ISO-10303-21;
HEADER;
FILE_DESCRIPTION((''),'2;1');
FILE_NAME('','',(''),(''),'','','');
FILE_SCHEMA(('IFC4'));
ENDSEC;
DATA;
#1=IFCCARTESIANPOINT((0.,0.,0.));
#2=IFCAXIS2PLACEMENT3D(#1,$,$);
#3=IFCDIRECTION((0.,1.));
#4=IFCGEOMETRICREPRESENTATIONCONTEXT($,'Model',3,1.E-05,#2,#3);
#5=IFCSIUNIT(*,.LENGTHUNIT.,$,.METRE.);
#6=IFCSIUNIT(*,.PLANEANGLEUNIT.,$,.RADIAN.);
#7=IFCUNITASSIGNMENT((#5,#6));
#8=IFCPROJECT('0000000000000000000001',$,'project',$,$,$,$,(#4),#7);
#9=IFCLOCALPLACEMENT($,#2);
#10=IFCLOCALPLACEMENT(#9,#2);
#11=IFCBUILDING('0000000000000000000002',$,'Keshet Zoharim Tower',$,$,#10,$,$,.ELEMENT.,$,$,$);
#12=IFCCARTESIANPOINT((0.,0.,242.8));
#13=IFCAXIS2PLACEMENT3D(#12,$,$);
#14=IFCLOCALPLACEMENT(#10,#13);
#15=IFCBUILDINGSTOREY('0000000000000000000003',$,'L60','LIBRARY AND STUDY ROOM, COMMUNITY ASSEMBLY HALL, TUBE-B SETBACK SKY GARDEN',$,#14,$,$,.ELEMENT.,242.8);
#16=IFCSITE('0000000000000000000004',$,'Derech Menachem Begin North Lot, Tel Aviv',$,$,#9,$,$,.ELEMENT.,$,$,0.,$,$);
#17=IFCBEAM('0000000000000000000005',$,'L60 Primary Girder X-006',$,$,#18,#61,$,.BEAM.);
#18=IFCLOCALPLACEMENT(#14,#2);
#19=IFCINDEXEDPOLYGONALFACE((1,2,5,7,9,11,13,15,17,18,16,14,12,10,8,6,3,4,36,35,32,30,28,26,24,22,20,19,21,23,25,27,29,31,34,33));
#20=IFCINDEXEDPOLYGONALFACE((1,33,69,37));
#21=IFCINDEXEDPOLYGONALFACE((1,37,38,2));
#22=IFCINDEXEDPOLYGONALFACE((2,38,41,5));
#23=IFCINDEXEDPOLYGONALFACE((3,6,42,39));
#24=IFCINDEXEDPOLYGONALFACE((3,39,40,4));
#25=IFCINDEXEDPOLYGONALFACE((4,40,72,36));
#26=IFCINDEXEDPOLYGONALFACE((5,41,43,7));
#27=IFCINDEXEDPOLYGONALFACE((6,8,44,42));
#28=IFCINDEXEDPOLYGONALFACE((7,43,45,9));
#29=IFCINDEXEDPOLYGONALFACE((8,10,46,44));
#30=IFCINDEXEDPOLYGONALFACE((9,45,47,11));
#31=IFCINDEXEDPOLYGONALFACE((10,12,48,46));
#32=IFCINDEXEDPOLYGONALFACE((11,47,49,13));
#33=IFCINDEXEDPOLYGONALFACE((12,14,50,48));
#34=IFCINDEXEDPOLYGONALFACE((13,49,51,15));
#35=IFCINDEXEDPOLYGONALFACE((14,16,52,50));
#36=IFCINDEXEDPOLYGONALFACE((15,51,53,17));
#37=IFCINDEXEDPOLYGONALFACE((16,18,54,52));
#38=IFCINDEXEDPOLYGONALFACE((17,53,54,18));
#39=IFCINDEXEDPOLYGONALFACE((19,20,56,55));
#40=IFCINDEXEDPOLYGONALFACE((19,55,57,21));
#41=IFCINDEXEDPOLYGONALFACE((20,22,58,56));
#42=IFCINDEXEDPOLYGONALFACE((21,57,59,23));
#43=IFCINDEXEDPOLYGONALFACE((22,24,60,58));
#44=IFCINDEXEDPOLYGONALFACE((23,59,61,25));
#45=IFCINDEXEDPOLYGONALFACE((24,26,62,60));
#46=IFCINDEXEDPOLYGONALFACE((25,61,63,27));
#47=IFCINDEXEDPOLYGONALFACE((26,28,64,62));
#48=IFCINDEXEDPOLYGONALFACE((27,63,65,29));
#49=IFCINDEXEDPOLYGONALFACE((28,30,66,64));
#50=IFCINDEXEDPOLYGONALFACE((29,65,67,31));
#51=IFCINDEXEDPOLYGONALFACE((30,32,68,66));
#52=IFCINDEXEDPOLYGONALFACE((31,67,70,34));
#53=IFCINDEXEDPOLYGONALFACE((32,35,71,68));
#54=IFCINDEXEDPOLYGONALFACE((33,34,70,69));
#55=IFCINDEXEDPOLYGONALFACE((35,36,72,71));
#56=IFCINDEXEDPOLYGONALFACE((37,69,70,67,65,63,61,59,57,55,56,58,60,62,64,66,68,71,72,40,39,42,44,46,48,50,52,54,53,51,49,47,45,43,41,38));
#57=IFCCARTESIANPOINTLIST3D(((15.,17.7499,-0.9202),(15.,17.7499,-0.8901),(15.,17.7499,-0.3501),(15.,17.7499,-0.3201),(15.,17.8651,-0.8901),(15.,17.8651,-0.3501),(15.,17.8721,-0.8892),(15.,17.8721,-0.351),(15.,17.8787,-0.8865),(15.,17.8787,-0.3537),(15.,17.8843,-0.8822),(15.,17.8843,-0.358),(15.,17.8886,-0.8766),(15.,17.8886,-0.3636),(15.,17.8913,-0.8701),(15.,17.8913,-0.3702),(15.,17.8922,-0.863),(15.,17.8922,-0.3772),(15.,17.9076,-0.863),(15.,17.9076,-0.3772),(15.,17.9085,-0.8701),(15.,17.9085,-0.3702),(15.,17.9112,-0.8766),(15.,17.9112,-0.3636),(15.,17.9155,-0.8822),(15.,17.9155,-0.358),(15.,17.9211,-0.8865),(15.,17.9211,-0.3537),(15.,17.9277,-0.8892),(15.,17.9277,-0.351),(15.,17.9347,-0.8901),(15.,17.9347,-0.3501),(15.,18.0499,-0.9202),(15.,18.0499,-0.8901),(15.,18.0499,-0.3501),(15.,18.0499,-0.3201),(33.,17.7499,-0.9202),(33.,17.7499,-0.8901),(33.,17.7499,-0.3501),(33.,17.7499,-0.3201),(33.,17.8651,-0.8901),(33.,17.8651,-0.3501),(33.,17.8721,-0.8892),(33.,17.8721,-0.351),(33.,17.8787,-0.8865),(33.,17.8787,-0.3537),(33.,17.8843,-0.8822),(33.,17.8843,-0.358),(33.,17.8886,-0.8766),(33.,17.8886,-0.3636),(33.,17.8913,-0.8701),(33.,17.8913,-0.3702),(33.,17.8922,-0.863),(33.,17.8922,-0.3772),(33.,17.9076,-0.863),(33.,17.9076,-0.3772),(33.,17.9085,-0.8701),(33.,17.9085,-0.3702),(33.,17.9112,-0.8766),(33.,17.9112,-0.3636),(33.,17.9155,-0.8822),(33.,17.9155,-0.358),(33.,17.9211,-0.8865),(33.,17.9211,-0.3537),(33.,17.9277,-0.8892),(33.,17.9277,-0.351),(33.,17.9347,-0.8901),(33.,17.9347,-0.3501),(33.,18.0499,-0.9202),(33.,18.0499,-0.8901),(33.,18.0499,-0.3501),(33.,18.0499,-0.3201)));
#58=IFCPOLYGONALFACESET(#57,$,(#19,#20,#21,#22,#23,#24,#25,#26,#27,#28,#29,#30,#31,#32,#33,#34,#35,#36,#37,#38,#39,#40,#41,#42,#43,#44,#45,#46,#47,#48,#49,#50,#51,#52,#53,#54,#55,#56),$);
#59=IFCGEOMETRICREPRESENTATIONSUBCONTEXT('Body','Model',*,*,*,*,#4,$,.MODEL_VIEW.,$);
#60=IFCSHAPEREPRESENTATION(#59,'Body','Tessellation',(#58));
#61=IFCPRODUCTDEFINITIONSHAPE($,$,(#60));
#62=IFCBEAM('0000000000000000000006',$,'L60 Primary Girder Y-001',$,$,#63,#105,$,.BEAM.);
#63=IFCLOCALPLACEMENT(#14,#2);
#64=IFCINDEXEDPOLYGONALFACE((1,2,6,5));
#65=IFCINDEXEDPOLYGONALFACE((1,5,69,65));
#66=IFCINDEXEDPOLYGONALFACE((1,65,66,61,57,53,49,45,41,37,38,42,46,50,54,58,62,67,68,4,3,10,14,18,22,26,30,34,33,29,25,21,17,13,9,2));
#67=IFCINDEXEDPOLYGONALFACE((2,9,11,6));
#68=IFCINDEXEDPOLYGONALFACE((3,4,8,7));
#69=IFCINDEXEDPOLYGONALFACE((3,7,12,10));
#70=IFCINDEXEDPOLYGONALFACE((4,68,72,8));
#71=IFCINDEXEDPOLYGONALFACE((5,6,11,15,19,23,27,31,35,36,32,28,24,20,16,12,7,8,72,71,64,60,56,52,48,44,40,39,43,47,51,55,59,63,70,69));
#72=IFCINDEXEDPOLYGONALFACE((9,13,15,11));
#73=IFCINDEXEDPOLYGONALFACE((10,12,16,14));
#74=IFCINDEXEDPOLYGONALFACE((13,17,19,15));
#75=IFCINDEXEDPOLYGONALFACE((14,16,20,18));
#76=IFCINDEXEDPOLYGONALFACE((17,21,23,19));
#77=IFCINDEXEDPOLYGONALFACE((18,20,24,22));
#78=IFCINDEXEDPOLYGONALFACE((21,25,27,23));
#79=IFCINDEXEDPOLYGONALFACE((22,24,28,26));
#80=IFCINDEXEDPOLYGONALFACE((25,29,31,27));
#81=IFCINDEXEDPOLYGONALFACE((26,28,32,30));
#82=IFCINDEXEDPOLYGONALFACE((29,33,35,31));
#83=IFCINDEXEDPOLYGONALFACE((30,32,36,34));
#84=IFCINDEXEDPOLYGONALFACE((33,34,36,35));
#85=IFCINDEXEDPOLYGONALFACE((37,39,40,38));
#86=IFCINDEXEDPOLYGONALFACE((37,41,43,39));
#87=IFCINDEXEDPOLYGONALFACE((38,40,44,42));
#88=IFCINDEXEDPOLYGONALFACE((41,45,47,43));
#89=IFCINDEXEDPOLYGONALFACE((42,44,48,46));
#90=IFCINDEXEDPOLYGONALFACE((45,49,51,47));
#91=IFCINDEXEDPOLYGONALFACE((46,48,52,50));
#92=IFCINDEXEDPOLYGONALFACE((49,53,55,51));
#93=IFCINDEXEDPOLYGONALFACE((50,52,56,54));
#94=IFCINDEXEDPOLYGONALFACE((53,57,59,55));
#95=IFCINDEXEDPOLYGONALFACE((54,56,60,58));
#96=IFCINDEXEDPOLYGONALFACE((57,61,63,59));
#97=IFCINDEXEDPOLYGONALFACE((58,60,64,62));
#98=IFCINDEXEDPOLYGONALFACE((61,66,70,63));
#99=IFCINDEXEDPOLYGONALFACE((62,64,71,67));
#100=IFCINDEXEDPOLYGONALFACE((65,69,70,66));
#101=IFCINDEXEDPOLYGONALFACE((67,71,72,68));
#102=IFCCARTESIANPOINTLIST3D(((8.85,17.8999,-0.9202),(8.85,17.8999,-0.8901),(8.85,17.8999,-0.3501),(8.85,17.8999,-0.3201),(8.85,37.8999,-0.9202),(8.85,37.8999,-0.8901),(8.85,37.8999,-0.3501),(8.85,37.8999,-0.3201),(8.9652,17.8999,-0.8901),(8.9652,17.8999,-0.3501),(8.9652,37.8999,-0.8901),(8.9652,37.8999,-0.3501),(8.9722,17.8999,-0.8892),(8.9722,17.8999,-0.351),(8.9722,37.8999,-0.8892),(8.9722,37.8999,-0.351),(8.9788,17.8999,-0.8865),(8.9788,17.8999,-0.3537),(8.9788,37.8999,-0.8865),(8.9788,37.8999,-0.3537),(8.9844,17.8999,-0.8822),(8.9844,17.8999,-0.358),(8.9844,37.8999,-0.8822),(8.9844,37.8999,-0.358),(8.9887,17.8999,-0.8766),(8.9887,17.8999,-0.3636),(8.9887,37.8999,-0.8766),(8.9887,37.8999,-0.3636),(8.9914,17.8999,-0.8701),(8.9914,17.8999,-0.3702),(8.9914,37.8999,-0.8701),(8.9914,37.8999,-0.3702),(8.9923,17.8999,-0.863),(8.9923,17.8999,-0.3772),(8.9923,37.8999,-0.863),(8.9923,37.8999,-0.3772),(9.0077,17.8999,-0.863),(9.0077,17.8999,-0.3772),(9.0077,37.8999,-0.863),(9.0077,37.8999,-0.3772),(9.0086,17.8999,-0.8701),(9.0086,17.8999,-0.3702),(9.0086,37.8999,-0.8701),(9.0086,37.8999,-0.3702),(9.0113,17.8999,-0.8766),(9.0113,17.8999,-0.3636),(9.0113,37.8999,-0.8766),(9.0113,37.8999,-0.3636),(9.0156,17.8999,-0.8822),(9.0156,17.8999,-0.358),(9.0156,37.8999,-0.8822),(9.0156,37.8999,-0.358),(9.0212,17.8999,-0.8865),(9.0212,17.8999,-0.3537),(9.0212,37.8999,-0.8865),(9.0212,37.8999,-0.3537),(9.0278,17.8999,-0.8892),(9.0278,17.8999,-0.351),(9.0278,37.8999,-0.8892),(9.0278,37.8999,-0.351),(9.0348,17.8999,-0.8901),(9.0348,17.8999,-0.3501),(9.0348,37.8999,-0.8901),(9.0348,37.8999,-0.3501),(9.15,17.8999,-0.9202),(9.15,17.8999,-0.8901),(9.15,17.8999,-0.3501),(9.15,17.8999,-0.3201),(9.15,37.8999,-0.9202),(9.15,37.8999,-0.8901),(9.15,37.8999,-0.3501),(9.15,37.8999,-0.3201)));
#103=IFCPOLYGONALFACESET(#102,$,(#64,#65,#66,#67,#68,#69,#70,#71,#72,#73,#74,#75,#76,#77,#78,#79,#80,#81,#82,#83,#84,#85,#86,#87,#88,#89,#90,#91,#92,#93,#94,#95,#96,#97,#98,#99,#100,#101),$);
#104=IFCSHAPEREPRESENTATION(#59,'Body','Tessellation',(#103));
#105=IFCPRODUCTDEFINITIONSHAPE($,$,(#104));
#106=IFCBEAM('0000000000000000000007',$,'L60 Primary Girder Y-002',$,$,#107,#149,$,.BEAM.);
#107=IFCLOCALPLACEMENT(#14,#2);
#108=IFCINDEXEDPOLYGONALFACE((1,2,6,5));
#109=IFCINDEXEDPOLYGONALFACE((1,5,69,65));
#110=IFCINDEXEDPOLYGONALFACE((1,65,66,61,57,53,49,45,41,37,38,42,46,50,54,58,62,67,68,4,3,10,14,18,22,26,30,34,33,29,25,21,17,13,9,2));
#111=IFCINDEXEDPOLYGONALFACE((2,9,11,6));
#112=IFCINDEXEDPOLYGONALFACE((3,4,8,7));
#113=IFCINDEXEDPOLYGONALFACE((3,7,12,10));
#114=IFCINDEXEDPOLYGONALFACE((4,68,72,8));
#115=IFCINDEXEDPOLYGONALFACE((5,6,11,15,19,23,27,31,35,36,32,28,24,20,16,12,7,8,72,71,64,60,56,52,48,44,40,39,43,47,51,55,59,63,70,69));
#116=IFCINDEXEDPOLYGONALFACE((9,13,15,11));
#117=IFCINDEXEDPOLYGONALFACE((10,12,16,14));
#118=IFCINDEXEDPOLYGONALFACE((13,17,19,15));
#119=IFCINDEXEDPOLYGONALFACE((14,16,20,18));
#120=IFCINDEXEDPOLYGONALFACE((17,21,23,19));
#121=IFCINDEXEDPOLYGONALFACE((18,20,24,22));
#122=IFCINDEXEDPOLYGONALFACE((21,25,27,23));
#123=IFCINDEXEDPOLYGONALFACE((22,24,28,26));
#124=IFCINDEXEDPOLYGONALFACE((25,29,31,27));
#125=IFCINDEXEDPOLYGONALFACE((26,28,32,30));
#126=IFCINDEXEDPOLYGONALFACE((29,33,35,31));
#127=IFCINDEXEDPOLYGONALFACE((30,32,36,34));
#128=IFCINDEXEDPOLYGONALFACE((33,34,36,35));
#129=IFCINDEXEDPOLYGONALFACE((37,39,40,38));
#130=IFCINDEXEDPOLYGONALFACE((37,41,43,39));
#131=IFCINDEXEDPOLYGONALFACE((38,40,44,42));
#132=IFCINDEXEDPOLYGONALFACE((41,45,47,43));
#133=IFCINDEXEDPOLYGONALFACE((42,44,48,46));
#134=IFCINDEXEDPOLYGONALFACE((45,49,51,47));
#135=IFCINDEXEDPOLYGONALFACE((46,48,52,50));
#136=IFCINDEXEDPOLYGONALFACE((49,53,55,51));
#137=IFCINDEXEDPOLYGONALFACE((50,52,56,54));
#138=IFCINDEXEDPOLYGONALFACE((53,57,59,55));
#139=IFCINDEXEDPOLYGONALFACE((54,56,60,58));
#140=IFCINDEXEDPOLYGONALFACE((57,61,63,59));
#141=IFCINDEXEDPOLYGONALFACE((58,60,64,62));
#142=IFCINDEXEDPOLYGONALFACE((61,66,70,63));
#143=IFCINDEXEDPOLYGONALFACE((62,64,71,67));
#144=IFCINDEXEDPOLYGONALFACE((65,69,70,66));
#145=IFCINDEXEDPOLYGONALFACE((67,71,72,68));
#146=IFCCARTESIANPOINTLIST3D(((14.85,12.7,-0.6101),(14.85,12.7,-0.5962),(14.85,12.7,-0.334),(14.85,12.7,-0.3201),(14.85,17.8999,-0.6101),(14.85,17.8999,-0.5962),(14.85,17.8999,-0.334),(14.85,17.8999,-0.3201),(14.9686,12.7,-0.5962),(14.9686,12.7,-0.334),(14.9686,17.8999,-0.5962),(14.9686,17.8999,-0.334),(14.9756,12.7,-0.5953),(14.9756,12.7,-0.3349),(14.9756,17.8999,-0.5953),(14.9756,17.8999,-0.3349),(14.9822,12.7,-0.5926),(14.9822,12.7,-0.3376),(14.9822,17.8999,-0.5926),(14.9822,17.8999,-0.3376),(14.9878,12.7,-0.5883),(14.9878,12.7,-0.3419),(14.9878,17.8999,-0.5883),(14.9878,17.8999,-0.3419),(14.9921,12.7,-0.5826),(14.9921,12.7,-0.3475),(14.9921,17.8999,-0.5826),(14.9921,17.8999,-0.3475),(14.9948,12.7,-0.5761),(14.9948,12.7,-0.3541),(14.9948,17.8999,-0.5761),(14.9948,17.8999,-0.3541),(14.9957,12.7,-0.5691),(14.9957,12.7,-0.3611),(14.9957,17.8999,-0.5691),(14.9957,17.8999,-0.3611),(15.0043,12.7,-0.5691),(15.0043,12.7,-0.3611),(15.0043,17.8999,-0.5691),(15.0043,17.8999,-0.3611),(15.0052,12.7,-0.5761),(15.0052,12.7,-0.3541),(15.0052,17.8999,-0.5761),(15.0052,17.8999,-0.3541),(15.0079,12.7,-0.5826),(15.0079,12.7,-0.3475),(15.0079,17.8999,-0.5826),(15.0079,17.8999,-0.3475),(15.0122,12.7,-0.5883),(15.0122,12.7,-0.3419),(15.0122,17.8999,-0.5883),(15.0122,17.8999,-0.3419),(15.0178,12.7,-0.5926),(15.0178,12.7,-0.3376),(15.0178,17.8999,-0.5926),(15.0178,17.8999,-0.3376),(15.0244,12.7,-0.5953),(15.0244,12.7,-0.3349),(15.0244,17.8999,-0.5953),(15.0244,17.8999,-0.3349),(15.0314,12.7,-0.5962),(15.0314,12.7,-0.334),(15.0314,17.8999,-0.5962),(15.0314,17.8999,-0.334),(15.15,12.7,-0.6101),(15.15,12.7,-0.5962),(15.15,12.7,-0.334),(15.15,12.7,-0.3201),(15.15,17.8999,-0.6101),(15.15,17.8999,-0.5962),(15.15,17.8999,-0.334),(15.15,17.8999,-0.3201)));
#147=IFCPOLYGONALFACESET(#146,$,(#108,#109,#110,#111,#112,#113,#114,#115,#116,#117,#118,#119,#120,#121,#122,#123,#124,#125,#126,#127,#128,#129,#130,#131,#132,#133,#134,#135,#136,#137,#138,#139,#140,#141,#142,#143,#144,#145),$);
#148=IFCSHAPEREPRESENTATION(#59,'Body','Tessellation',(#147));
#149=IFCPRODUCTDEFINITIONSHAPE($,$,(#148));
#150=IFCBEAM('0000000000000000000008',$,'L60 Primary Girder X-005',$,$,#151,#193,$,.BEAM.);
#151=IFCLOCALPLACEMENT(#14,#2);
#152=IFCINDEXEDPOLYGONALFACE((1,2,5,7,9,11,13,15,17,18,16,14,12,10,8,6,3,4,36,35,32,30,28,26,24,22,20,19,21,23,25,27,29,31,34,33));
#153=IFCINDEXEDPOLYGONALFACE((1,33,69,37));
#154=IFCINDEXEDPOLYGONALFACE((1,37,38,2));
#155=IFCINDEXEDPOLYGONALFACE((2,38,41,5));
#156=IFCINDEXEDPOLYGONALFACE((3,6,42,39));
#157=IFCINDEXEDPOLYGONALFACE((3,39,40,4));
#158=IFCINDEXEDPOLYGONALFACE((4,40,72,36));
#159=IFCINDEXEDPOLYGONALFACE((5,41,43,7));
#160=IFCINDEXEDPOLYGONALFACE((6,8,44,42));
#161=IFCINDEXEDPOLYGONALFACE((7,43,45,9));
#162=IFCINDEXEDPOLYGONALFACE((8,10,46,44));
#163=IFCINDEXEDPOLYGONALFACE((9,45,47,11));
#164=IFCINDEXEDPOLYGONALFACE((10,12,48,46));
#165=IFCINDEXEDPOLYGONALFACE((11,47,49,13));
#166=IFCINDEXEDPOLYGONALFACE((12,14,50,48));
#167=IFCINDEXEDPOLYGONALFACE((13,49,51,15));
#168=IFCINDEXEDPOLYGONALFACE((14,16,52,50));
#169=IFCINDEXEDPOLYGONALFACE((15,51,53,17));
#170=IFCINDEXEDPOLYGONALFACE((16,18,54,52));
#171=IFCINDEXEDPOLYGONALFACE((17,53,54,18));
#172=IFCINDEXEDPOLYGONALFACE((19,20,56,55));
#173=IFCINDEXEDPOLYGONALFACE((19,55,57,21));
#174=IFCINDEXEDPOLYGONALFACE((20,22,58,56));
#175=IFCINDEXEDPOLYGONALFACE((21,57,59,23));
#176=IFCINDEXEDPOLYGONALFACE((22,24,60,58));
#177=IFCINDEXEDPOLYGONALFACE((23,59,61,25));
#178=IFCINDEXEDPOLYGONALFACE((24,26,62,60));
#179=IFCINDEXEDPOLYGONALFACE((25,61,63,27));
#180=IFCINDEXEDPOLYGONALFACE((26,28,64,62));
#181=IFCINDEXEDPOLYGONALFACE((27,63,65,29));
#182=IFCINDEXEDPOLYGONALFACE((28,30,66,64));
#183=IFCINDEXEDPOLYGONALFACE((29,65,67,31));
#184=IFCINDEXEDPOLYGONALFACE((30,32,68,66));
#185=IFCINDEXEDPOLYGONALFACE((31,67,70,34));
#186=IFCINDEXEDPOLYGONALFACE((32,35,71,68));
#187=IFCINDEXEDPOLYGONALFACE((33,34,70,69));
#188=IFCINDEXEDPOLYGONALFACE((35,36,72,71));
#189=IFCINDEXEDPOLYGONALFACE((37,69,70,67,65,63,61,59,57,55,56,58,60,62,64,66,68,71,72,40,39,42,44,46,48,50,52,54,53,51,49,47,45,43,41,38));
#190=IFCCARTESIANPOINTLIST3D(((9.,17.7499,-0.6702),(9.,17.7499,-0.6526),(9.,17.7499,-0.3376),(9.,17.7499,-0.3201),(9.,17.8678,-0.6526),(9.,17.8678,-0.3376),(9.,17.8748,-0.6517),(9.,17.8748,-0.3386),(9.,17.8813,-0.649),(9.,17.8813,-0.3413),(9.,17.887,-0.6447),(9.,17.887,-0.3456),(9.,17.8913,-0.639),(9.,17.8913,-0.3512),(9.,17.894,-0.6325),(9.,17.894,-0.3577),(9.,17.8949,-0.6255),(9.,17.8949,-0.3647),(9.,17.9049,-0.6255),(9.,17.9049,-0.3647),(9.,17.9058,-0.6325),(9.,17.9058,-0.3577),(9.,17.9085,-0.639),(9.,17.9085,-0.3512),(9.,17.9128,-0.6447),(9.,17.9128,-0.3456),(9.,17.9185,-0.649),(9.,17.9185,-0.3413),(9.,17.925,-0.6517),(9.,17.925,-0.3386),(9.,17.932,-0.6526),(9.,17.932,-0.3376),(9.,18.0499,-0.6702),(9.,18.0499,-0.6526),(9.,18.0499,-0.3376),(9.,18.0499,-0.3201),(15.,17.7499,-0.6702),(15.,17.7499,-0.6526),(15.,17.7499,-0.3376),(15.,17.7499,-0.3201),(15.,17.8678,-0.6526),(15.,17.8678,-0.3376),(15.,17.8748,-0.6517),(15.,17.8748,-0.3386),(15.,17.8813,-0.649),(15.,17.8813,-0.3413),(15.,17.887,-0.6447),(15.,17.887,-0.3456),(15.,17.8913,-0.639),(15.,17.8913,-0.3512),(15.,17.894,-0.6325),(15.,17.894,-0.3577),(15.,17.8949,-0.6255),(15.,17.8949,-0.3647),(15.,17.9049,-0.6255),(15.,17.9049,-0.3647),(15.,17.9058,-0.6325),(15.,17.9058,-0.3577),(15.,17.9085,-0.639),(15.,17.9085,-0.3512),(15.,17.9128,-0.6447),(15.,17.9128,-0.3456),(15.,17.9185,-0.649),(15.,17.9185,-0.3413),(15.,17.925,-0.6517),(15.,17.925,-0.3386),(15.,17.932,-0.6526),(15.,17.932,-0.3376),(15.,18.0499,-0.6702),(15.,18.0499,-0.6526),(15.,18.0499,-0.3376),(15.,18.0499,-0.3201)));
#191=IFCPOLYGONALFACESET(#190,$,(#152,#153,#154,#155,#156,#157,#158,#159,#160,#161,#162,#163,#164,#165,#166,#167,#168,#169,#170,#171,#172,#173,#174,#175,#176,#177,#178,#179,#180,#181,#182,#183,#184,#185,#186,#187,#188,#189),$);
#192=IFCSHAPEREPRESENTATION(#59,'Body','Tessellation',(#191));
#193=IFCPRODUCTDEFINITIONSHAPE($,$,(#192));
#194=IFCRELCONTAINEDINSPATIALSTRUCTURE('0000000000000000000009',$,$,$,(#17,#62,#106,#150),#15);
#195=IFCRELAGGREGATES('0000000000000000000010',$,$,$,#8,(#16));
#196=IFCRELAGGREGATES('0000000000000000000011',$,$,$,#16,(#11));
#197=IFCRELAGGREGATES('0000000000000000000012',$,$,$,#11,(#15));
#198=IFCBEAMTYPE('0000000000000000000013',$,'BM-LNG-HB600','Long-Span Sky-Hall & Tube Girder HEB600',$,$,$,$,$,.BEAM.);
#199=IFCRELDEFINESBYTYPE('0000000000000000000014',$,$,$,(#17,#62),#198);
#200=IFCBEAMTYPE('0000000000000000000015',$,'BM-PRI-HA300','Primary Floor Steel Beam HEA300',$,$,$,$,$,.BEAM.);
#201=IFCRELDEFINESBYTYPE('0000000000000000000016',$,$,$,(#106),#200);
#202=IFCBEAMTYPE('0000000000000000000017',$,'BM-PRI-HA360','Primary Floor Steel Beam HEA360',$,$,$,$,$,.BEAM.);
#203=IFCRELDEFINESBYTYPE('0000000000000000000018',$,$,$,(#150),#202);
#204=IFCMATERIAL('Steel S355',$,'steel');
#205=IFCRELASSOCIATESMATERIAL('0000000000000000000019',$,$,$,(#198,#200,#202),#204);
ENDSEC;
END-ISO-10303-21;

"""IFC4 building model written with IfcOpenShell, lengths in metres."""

from ifc_helpers import new_model, si_unit, direction, frame, origin, origin_2d, place, context, subcontext, project, spatial, i_section, extrude, material, material_profile, profile_set, type_object, element, save


model = new_model("IFC4")

# Units and contexts
model_context = context("Model", 3, precision=1e-05, world=origin(), true_north=direction((0.0, 1.0)))
body_context = subcontext(model_context, "Body", "Model", "MODEL_VIEW")
ifc_project = project(units=[si_unit("LENGTHUNIT", "METRE"), si_unit("PLANEANGLEUNIT", "RADIAN")], contexts=[model_context])

# Site, building, storey
site_placement = place(None, origin())
site = spatial("IfcSite", under=ifc_project, at=site_placement, Name="Derech Menachem Begin North Lot, Tel Aviv", CompositionType="ELEMENT", RefElevation=0.0)
building_placement = place(site_placement, origin())
building = spatial("IfcBuilding", under=site, at=building_placement, Name="Keshet Zoharim Tower", CompositionType="ELEMENT")
storey_placement = place(building_placement, frame((0.0, 0.0, 242.8)))
storey = spatial("IfcBuildingStorey", under=building, at=storey_placement, Name="L60", Description="LIBRARY AND STUDY ROOM, COMMUNITY ASSEMBLY HALL, TUBE-B SETBACK SKY GARDEN", CompositionType="ELEMENT", Elevation=242.8)

# Shared definitions
ifc_material_1 = material(Name="Steel S355", Category="steel")

# Beams
ifc_material_profile_1 = material_profile(ifc_material_1, i_section(OverallWidth=0.3, OverallDepth=0.6001, WebThickness=0.0154, FlangeThickness=0.03, FilletRadius=0.0271, at=origin_2d()), Name="HEB600")
ifc_profile_set_1 = profile_set([ifc_material_profile_1], Name="Steel S355")
beam_type_1 = type_object("IfcBeamType", Name="BM-LNG-HB600", Description="Long-Span Sky-Hall & Tube Girder HEB600", PredefinedType="BEAM", material=ifc_profile_set_1)
for number, where, z_axis, x_axis, name in (
    (1, (15.0, 17.8999, -0.6201), (1.0, 0.0, 0.0), (0.0, 1.0, 0.0), "L60 Primary Girder X-006"),
):
    element("IfcBeam", number, at=place(storey_placement, frame(where, z_axis=z_axis, x_axis=x_axis)), inside=storey, type_object=beam_type_1, Name=name, PredefinedType="BEAM", context=body_context, shape_type="SweptSolid", body=[
        extrude(i_section(OverallWidth=0.3, OverallDepth=0.6001, WebThickness=0.0154, FlangeThickness=0.03, FilletRadius=0.0271, at=origin_2d()), origin(), (0.0, 0.0, 1.0), 18.0),
    ])
beam_1_placement = place(storey_placement, frame((9.0, 17.8999, -0.6201), z_axis=(0.0, 1.0, 0.0), x_axis=(-1.0, 0.0, 0.0)))
element("IfcBeam", 2, at=beam_1_placement, inside=storey, type_object=beam_type_1, Name="L60 Primary Girder Y-001", PredefinedType="BEAM", context=body_context, shape_type="SweptSolid", body=[
    extrude(i_section(OverallWidth=0.3, OverallDepth=0.6001, WebThickness=0.0154, FlangeThickness=0.03, FilletRadius=0.0271, at=origin_2d()), origin(), (0.0, 0.0, 1.0), 20.0),
])
ifc_material_profile_2 = material_profile(ifc_material_1, i_section(OverallWidth=0.3, OverallDepth=0.29, WebThickness=0.0085, FlangeThickness=0.0139, FilletRadius=0.0271, at=origin_2d()), Name="HEA300")
ifc_profile_set_2 = profile_set([ifc_material_profile_2], Name="Steel S355")
beam_type_2 = type_object("IfcBeamType", Name="BM-PRI-HA300", Description="Primary Floor Steel Beam HEA300", PredefinedType="BEAM", material=ifc_profile_set_2)
beam_2_placement = place(storey_placement, frame((15.0, 12.7, -0.4651), z_axis=(0.0, 1.0, 0.0), x_axis=(-1.0, 0.0, 0.0)))
element("IfcBeam", 3, at=beam_2_placement, inside=storey, type_object=beam_type_2, Name="L60 Primary Girder Y-002", PredefinedType="BEAM", context=body_context, shape_type="SweptSolid", body=[
    extrude(i_section(OverallWidth=0.3, OverallDepth=0.29, WebThickness=0.0085, FlangeThickness=0.0139, FilletRadius=0.0271, at=origin_2d()), origin(), (0.0, 0.0, 1.0), 5.2),
])
ifc_material_profile_3 = material_profile(ifc_material_1, i_section(OverallWidth=0.3, OverallDepth=0.3501, WebThickness=0.01, FlangeThickness=0.0176, FilletRadius=0.0271, at=origin_2d()), Name="HEA360")
ifc_profile_set_3 = profile_set([ifc_material_profile_3], Name="Steel S355")
beam_type_3 = type_object("IfcBeamType", Name="BM-PRI-HA360", Description="Primary Floor Steel Beam HEA360", PredefinedType="BEAM", material=ifc_profile_set_3)
beam_3_placement = place(storey_placement, frame((9.0, 17.8999, -0.4951), z_axis=(1.0, 0.0, 0.0), x_axis=(0.0, 1.0, 0.0)))
element("IfcBeam", 4, at=beam_3_placement, inside=storey, type_object=beam_type_3, Name="L60 Primary Girder X-005", PredefinedType="BEAM", context=body_context, shape_type="SweptSolid", body=[
    extrude(i_section(OverallWidth=0.3, OverallDepth=0.3501, WebThickness=0.01, FlangeThickness=0.0176, FilletRadius=0.0271, at=origin_2d()), origin(), (0.0, 0.0, 1.0), 6.0),
])

save(model, "model.ifc")
